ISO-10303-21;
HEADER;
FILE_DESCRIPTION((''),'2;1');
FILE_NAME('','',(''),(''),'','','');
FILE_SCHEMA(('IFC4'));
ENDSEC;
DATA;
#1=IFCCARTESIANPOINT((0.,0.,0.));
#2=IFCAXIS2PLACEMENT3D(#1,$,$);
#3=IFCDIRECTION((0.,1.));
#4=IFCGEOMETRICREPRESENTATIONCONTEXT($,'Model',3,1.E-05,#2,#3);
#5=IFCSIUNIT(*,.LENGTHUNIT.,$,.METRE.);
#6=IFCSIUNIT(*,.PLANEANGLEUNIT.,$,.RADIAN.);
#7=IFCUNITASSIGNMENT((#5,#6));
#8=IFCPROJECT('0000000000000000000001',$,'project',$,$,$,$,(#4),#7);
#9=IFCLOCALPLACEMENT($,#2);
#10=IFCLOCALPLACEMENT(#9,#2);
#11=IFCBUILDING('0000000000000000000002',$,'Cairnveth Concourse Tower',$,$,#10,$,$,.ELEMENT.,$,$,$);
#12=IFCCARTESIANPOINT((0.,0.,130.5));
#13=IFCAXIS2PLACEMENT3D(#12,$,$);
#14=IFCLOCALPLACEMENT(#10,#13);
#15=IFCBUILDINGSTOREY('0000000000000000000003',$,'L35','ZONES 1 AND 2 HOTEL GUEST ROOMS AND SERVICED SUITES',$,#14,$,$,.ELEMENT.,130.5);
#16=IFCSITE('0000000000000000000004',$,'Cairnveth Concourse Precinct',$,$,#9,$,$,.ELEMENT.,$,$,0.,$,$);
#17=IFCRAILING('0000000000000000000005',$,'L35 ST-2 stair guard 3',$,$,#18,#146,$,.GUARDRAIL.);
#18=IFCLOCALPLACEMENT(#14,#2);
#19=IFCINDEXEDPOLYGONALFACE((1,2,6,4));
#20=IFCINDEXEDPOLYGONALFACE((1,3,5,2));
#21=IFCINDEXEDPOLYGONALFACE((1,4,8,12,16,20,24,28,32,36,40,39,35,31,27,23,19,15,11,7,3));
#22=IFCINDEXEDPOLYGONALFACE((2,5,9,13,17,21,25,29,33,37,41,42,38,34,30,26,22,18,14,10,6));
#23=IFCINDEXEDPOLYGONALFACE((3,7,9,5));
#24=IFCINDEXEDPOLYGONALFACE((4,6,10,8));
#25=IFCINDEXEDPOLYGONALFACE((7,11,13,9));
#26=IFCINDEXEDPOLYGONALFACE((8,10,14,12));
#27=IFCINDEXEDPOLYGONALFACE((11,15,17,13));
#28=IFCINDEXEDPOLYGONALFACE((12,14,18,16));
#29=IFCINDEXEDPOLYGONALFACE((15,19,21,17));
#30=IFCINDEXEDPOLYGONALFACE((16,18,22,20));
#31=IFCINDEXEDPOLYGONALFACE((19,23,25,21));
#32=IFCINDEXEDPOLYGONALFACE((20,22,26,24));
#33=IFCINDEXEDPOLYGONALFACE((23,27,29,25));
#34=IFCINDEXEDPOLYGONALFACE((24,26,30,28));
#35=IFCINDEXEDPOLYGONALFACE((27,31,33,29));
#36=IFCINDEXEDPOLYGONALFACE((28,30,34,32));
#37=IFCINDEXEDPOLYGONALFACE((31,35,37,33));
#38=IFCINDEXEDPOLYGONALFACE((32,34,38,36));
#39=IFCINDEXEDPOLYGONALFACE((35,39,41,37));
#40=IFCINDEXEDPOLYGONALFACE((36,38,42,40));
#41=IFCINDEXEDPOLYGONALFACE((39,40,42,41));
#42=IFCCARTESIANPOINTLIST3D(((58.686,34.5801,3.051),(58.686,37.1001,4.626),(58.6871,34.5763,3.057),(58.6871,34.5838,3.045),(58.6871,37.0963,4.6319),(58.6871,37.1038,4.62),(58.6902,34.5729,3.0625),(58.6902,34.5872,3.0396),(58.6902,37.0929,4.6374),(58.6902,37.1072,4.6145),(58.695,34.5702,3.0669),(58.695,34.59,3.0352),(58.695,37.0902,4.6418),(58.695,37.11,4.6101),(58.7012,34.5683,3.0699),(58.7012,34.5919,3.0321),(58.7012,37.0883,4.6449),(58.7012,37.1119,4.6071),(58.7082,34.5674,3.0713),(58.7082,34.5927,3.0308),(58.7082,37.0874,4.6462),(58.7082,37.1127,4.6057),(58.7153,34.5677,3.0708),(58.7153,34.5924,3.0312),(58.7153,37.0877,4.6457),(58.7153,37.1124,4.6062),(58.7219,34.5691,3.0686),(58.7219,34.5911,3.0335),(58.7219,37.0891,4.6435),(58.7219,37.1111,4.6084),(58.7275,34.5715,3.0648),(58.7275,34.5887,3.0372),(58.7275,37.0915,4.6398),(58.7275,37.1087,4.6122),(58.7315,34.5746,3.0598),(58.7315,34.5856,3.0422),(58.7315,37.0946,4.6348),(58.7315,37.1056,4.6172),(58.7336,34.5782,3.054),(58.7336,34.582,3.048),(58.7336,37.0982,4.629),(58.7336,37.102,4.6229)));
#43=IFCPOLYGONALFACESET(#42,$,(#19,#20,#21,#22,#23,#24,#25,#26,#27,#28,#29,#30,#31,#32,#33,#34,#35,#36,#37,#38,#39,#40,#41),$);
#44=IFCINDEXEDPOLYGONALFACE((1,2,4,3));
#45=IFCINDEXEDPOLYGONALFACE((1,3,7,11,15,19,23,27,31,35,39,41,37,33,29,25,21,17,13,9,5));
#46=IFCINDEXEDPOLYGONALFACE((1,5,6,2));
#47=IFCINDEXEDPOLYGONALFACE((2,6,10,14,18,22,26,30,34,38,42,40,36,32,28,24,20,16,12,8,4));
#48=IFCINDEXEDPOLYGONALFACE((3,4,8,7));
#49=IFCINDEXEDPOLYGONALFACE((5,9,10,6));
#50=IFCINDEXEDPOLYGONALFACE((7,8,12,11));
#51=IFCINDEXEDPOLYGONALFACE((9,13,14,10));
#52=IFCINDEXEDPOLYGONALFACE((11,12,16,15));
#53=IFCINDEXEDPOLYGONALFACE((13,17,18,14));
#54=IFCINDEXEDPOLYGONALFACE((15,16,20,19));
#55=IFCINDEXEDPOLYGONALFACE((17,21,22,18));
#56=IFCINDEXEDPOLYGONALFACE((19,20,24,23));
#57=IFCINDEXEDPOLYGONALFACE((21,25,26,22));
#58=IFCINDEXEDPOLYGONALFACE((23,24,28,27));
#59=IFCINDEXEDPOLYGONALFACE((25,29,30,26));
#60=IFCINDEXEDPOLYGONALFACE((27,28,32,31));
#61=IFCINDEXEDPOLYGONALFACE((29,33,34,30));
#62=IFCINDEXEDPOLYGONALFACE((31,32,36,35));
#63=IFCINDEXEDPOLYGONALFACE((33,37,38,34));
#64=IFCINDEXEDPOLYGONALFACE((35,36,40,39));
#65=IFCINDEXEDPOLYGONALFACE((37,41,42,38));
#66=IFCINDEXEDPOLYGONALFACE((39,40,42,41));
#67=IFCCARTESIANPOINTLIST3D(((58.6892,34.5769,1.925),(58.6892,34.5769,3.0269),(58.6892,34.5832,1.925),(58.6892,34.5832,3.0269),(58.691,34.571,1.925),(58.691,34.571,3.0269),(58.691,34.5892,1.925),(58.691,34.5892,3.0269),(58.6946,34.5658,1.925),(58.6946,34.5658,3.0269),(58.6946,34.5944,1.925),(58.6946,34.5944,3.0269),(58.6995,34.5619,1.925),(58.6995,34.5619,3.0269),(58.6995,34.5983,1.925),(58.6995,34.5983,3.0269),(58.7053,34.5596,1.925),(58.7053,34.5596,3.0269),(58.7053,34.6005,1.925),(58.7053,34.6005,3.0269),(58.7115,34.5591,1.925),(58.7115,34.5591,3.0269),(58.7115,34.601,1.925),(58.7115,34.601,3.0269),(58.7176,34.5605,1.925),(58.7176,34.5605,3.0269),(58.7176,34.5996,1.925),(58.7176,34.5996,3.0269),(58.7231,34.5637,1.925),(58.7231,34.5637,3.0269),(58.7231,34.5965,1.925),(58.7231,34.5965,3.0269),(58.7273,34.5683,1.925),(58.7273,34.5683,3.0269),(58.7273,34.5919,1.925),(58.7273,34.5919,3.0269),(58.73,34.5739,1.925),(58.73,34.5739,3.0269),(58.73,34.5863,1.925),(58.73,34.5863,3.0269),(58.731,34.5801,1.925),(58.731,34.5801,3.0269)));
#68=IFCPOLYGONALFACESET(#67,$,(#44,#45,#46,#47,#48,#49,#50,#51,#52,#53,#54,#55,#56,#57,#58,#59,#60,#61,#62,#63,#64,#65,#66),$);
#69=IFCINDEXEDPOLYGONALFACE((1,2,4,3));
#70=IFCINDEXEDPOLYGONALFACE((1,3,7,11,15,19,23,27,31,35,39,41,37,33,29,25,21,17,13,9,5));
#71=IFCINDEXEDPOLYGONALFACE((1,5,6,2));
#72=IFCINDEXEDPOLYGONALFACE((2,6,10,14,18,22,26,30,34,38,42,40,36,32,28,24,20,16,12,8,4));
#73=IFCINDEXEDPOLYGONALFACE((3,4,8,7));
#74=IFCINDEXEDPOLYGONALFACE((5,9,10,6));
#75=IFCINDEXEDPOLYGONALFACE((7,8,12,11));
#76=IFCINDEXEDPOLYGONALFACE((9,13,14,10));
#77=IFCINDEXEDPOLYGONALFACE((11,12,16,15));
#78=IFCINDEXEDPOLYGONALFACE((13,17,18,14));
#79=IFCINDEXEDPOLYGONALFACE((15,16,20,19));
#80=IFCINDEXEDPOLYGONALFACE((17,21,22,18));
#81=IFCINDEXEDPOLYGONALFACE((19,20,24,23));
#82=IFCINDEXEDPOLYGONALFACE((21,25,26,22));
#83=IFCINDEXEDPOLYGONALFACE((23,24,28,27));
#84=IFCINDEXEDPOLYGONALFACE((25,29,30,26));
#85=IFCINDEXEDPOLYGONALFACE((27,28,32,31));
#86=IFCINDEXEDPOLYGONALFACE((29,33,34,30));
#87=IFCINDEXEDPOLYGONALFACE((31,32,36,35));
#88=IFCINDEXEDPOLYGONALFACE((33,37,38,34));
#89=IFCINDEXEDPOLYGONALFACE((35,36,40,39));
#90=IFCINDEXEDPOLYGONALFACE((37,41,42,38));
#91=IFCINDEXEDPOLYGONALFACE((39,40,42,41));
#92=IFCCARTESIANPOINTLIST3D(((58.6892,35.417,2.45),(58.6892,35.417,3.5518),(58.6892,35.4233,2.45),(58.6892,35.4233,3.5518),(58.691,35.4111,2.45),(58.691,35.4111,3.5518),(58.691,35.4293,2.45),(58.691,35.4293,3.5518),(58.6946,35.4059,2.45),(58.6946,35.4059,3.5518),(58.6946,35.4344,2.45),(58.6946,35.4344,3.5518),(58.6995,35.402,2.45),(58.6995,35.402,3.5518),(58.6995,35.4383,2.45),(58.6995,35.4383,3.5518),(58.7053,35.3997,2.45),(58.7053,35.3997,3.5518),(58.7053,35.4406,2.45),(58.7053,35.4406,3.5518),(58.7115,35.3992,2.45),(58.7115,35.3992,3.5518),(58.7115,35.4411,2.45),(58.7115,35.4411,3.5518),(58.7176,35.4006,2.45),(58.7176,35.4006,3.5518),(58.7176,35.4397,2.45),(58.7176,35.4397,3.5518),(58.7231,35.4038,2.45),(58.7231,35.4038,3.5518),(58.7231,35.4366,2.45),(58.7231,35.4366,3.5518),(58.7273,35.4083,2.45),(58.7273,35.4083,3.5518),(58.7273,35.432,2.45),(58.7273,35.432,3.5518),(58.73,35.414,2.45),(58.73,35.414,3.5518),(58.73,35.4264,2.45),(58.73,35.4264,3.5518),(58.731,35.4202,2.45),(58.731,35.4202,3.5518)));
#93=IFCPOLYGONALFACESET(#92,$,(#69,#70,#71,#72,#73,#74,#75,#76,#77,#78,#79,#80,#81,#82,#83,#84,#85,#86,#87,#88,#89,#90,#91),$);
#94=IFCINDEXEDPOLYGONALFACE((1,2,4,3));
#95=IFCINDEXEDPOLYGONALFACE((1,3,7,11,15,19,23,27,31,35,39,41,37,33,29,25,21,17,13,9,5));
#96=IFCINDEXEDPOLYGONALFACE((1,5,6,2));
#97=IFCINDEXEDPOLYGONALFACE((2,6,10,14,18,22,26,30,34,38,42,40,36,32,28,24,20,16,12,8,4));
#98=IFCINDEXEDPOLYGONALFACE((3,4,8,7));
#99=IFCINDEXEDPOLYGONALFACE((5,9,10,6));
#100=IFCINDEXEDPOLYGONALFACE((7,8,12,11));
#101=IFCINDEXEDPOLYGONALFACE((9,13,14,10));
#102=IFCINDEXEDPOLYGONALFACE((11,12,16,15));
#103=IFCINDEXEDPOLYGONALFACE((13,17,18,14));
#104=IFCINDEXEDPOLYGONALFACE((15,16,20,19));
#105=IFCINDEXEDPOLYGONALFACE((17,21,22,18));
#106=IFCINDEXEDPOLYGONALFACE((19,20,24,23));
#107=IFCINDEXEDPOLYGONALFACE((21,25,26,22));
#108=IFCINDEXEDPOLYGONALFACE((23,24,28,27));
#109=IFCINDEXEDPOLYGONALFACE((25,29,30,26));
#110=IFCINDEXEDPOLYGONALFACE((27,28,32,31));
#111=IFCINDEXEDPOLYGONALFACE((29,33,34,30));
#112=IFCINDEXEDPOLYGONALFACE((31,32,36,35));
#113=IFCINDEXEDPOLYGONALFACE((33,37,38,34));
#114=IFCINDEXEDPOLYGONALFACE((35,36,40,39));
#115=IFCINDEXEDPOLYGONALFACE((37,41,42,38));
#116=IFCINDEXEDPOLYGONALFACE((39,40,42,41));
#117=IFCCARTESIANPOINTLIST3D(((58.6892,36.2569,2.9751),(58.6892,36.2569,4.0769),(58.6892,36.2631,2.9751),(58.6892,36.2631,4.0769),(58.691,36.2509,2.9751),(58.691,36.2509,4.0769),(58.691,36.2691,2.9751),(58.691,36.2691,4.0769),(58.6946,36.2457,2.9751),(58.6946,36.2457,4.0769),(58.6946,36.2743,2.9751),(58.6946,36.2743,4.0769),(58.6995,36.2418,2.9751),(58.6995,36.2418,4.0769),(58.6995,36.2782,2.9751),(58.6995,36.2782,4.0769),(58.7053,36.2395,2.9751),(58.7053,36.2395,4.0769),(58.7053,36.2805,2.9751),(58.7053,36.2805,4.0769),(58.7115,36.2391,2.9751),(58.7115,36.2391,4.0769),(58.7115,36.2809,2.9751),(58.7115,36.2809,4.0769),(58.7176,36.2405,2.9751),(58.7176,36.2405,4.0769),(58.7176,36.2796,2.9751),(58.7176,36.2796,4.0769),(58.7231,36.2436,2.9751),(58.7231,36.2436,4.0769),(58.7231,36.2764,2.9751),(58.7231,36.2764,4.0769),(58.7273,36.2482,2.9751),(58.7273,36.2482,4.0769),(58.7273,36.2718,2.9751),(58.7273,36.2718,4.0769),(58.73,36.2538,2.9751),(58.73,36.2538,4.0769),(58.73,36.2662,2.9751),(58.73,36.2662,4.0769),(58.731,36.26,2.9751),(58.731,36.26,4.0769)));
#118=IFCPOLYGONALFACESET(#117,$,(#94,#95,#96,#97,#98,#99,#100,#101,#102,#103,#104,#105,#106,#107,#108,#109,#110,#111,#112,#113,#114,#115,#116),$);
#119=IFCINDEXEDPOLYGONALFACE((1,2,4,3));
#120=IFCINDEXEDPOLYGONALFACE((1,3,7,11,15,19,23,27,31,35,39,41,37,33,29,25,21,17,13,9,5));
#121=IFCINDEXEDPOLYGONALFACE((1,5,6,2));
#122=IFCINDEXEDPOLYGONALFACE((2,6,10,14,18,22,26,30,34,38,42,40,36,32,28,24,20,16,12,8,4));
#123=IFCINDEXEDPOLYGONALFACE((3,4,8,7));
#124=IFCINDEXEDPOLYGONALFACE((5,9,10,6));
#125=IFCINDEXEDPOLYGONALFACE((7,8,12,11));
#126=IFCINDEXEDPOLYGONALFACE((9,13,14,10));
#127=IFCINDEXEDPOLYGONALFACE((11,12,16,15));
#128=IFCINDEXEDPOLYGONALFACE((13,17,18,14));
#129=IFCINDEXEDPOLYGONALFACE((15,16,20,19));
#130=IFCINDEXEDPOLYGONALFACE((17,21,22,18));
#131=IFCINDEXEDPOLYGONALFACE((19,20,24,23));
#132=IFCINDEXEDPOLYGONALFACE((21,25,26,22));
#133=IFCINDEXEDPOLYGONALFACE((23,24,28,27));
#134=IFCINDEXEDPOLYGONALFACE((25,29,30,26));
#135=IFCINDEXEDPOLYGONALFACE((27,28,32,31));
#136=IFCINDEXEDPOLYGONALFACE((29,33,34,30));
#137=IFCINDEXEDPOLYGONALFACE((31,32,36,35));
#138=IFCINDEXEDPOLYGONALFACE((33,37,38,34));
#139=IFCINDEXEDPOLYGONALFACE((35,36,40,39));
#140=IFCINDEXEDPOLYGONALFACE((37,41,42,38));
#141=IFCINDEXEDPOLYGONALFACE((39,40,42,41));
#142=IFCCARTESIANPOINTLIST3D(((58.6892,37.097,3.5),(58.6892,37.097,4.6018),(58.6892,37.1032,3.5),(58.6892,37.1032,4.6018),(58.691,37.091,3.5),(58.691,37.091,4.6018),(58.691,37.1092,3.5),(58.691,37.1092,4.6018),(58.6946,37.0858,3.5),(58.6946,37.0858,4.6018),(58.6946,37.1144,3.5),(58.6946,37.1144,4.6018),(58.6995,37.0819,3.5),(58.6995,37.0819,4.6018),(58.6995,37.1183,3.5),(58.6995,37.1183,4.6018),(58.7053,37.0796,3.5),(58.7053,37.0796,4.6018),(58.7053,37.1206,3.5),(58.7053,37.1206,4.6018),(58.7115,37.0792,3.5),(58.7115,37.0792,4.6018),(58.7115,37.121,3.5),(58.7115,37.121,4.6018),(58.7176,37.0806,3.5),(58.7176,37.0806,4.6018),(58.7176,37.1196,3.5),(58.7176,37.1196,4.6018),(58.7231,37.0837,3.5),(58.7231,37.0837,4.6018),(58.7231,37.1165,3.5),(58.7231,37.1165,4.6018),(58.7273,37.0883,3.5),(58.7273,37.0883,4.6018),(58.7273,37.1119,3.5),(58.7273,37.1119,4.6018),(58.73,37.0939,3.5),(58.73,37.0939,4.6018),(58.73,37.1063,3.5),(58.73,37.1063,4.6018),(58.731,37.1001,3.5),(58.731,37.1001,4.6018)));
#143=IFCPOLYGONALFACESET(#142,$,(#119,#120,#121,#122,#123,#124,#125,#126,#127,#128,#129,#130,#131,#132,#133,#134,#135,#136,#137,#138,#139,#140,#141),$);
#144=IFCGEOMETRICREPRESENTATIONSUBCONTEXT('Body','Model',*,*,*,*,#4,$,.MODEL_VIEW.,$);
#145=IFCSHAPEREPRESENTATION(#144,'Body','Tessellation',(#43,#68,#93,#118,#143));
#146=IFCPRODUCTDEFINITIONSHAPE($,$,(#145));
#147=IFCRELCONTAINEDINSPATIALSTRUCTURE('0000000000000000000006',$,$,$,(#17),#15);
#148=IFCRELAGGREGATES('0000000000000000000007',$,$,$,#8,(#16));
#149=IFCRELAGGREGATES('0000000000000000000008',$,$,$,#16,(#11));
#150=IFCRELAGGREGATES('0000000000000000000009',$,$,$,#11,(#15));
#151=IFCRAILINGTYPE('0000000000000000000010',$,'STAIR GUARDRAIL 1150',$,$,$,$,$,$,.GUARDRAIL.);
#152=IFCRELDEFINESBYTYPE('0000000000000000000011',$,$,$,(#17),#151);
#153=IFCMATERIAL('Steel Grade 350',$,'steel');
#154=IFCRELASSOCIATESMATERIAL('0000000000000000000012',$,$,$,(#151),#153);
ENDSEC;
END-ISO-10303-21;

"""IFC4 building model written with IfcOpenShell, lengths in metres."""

from ifc_helpers import new_model, si_unit, direction, frame, origin, origin_2d, place, context, subcontext, project, spatial, circle, extrude, material, type_object, element, save


model = new_model("IFC4")

# Units and contexts
model_context = context("Model", 3, precision=1e-05, world=origin(), true_north=direction((0.0, 1.0)))
body_context = subcontext(model_context, "Body", "Model", "MODEL_VIEW")
ifc_project = project(units=[si_unit("LENGTHUNIT", "METRE"), si_unit("PLANEANGLEUNIT", "RADIAN")], contexts=[model_context])

# Site, building, storey
site_placement = place(None, origin())
site = spatial("IfcSite", under=ifc_project, at=site_placement, Name="Cairnveth Concourse Precinct", CompositionType="ELEMENT", RefElevation=0.0)
building_placement = place(site_placement, origin())
building = spatial("IfcBuilding", under=site, at=building_placement, Name="Cairnveth Concourse Tower", CompositionType="ELEMENT")
storey_placement = place(building_placement, frame((0.0, 0.0, 130.5)))
storey = spatial("IfcBuildingStorey", under=building, at=storey_placement, Name="L35", Description="ZONES 1 AND 2 HOTEL GUEST ROOMS AND SERVICED SUITES", CompositionType="ELEMENT", Elevation=130.5)

# Shared definitions
ifc_material_1 = material(Name="Steel Grade 350", Category="steel")

# Railing
railing_type_1 = type_object("IfcRailingType", Name="STAIR GUARDRAIL 1150", PredefinedType="GUARDRAIL", material=ifc_material_1)
railing_1_placement = place(storey_placement, frame((58.71, 34.5801, 1.925)))
element("IfcRailing", 1, at=railing_1_placement, inside=storey, type_object=railing_type_1, Name="L35 ST-2 stair guard 3", PredefinedType="GUARDRAIL", context=body_context, shape_type="SweptSolid", body=[
    extrude(circle(Radius=0.0239, at=origin_2d()), frame((0.0, 0.0, 1.126), z_axis=(0.0, 0.848008, 0.529984), x_axis=(-1.0, 0.0, 0.0)), (0.0, 0.0, 1.0), 2.9717),
    extrude(circle(Radius=0.021, at=origin_2d()), origin(), (0.0, 0.0, 1.0), 1.1018),
    extrude(circle(Radius=0.021, at=origin_2d()), frame((0.0, 0.8401, 0.5249)), (0.0, 0.0, 1.0), 1.1018),
    extrude(circle(Radius=0.021, at=origin_2d()), frame((0.0, 1.6799, 1.05)), (0.0, 0.0, 1.0), 1.1018),
    extrude(circle(Radius=0.021, at=origin_2d()), frame((0.0, 2.52, 1.575)), (0.0, 0.0, 1.0), 1.1018),
])

save(model, "model.ifc")
